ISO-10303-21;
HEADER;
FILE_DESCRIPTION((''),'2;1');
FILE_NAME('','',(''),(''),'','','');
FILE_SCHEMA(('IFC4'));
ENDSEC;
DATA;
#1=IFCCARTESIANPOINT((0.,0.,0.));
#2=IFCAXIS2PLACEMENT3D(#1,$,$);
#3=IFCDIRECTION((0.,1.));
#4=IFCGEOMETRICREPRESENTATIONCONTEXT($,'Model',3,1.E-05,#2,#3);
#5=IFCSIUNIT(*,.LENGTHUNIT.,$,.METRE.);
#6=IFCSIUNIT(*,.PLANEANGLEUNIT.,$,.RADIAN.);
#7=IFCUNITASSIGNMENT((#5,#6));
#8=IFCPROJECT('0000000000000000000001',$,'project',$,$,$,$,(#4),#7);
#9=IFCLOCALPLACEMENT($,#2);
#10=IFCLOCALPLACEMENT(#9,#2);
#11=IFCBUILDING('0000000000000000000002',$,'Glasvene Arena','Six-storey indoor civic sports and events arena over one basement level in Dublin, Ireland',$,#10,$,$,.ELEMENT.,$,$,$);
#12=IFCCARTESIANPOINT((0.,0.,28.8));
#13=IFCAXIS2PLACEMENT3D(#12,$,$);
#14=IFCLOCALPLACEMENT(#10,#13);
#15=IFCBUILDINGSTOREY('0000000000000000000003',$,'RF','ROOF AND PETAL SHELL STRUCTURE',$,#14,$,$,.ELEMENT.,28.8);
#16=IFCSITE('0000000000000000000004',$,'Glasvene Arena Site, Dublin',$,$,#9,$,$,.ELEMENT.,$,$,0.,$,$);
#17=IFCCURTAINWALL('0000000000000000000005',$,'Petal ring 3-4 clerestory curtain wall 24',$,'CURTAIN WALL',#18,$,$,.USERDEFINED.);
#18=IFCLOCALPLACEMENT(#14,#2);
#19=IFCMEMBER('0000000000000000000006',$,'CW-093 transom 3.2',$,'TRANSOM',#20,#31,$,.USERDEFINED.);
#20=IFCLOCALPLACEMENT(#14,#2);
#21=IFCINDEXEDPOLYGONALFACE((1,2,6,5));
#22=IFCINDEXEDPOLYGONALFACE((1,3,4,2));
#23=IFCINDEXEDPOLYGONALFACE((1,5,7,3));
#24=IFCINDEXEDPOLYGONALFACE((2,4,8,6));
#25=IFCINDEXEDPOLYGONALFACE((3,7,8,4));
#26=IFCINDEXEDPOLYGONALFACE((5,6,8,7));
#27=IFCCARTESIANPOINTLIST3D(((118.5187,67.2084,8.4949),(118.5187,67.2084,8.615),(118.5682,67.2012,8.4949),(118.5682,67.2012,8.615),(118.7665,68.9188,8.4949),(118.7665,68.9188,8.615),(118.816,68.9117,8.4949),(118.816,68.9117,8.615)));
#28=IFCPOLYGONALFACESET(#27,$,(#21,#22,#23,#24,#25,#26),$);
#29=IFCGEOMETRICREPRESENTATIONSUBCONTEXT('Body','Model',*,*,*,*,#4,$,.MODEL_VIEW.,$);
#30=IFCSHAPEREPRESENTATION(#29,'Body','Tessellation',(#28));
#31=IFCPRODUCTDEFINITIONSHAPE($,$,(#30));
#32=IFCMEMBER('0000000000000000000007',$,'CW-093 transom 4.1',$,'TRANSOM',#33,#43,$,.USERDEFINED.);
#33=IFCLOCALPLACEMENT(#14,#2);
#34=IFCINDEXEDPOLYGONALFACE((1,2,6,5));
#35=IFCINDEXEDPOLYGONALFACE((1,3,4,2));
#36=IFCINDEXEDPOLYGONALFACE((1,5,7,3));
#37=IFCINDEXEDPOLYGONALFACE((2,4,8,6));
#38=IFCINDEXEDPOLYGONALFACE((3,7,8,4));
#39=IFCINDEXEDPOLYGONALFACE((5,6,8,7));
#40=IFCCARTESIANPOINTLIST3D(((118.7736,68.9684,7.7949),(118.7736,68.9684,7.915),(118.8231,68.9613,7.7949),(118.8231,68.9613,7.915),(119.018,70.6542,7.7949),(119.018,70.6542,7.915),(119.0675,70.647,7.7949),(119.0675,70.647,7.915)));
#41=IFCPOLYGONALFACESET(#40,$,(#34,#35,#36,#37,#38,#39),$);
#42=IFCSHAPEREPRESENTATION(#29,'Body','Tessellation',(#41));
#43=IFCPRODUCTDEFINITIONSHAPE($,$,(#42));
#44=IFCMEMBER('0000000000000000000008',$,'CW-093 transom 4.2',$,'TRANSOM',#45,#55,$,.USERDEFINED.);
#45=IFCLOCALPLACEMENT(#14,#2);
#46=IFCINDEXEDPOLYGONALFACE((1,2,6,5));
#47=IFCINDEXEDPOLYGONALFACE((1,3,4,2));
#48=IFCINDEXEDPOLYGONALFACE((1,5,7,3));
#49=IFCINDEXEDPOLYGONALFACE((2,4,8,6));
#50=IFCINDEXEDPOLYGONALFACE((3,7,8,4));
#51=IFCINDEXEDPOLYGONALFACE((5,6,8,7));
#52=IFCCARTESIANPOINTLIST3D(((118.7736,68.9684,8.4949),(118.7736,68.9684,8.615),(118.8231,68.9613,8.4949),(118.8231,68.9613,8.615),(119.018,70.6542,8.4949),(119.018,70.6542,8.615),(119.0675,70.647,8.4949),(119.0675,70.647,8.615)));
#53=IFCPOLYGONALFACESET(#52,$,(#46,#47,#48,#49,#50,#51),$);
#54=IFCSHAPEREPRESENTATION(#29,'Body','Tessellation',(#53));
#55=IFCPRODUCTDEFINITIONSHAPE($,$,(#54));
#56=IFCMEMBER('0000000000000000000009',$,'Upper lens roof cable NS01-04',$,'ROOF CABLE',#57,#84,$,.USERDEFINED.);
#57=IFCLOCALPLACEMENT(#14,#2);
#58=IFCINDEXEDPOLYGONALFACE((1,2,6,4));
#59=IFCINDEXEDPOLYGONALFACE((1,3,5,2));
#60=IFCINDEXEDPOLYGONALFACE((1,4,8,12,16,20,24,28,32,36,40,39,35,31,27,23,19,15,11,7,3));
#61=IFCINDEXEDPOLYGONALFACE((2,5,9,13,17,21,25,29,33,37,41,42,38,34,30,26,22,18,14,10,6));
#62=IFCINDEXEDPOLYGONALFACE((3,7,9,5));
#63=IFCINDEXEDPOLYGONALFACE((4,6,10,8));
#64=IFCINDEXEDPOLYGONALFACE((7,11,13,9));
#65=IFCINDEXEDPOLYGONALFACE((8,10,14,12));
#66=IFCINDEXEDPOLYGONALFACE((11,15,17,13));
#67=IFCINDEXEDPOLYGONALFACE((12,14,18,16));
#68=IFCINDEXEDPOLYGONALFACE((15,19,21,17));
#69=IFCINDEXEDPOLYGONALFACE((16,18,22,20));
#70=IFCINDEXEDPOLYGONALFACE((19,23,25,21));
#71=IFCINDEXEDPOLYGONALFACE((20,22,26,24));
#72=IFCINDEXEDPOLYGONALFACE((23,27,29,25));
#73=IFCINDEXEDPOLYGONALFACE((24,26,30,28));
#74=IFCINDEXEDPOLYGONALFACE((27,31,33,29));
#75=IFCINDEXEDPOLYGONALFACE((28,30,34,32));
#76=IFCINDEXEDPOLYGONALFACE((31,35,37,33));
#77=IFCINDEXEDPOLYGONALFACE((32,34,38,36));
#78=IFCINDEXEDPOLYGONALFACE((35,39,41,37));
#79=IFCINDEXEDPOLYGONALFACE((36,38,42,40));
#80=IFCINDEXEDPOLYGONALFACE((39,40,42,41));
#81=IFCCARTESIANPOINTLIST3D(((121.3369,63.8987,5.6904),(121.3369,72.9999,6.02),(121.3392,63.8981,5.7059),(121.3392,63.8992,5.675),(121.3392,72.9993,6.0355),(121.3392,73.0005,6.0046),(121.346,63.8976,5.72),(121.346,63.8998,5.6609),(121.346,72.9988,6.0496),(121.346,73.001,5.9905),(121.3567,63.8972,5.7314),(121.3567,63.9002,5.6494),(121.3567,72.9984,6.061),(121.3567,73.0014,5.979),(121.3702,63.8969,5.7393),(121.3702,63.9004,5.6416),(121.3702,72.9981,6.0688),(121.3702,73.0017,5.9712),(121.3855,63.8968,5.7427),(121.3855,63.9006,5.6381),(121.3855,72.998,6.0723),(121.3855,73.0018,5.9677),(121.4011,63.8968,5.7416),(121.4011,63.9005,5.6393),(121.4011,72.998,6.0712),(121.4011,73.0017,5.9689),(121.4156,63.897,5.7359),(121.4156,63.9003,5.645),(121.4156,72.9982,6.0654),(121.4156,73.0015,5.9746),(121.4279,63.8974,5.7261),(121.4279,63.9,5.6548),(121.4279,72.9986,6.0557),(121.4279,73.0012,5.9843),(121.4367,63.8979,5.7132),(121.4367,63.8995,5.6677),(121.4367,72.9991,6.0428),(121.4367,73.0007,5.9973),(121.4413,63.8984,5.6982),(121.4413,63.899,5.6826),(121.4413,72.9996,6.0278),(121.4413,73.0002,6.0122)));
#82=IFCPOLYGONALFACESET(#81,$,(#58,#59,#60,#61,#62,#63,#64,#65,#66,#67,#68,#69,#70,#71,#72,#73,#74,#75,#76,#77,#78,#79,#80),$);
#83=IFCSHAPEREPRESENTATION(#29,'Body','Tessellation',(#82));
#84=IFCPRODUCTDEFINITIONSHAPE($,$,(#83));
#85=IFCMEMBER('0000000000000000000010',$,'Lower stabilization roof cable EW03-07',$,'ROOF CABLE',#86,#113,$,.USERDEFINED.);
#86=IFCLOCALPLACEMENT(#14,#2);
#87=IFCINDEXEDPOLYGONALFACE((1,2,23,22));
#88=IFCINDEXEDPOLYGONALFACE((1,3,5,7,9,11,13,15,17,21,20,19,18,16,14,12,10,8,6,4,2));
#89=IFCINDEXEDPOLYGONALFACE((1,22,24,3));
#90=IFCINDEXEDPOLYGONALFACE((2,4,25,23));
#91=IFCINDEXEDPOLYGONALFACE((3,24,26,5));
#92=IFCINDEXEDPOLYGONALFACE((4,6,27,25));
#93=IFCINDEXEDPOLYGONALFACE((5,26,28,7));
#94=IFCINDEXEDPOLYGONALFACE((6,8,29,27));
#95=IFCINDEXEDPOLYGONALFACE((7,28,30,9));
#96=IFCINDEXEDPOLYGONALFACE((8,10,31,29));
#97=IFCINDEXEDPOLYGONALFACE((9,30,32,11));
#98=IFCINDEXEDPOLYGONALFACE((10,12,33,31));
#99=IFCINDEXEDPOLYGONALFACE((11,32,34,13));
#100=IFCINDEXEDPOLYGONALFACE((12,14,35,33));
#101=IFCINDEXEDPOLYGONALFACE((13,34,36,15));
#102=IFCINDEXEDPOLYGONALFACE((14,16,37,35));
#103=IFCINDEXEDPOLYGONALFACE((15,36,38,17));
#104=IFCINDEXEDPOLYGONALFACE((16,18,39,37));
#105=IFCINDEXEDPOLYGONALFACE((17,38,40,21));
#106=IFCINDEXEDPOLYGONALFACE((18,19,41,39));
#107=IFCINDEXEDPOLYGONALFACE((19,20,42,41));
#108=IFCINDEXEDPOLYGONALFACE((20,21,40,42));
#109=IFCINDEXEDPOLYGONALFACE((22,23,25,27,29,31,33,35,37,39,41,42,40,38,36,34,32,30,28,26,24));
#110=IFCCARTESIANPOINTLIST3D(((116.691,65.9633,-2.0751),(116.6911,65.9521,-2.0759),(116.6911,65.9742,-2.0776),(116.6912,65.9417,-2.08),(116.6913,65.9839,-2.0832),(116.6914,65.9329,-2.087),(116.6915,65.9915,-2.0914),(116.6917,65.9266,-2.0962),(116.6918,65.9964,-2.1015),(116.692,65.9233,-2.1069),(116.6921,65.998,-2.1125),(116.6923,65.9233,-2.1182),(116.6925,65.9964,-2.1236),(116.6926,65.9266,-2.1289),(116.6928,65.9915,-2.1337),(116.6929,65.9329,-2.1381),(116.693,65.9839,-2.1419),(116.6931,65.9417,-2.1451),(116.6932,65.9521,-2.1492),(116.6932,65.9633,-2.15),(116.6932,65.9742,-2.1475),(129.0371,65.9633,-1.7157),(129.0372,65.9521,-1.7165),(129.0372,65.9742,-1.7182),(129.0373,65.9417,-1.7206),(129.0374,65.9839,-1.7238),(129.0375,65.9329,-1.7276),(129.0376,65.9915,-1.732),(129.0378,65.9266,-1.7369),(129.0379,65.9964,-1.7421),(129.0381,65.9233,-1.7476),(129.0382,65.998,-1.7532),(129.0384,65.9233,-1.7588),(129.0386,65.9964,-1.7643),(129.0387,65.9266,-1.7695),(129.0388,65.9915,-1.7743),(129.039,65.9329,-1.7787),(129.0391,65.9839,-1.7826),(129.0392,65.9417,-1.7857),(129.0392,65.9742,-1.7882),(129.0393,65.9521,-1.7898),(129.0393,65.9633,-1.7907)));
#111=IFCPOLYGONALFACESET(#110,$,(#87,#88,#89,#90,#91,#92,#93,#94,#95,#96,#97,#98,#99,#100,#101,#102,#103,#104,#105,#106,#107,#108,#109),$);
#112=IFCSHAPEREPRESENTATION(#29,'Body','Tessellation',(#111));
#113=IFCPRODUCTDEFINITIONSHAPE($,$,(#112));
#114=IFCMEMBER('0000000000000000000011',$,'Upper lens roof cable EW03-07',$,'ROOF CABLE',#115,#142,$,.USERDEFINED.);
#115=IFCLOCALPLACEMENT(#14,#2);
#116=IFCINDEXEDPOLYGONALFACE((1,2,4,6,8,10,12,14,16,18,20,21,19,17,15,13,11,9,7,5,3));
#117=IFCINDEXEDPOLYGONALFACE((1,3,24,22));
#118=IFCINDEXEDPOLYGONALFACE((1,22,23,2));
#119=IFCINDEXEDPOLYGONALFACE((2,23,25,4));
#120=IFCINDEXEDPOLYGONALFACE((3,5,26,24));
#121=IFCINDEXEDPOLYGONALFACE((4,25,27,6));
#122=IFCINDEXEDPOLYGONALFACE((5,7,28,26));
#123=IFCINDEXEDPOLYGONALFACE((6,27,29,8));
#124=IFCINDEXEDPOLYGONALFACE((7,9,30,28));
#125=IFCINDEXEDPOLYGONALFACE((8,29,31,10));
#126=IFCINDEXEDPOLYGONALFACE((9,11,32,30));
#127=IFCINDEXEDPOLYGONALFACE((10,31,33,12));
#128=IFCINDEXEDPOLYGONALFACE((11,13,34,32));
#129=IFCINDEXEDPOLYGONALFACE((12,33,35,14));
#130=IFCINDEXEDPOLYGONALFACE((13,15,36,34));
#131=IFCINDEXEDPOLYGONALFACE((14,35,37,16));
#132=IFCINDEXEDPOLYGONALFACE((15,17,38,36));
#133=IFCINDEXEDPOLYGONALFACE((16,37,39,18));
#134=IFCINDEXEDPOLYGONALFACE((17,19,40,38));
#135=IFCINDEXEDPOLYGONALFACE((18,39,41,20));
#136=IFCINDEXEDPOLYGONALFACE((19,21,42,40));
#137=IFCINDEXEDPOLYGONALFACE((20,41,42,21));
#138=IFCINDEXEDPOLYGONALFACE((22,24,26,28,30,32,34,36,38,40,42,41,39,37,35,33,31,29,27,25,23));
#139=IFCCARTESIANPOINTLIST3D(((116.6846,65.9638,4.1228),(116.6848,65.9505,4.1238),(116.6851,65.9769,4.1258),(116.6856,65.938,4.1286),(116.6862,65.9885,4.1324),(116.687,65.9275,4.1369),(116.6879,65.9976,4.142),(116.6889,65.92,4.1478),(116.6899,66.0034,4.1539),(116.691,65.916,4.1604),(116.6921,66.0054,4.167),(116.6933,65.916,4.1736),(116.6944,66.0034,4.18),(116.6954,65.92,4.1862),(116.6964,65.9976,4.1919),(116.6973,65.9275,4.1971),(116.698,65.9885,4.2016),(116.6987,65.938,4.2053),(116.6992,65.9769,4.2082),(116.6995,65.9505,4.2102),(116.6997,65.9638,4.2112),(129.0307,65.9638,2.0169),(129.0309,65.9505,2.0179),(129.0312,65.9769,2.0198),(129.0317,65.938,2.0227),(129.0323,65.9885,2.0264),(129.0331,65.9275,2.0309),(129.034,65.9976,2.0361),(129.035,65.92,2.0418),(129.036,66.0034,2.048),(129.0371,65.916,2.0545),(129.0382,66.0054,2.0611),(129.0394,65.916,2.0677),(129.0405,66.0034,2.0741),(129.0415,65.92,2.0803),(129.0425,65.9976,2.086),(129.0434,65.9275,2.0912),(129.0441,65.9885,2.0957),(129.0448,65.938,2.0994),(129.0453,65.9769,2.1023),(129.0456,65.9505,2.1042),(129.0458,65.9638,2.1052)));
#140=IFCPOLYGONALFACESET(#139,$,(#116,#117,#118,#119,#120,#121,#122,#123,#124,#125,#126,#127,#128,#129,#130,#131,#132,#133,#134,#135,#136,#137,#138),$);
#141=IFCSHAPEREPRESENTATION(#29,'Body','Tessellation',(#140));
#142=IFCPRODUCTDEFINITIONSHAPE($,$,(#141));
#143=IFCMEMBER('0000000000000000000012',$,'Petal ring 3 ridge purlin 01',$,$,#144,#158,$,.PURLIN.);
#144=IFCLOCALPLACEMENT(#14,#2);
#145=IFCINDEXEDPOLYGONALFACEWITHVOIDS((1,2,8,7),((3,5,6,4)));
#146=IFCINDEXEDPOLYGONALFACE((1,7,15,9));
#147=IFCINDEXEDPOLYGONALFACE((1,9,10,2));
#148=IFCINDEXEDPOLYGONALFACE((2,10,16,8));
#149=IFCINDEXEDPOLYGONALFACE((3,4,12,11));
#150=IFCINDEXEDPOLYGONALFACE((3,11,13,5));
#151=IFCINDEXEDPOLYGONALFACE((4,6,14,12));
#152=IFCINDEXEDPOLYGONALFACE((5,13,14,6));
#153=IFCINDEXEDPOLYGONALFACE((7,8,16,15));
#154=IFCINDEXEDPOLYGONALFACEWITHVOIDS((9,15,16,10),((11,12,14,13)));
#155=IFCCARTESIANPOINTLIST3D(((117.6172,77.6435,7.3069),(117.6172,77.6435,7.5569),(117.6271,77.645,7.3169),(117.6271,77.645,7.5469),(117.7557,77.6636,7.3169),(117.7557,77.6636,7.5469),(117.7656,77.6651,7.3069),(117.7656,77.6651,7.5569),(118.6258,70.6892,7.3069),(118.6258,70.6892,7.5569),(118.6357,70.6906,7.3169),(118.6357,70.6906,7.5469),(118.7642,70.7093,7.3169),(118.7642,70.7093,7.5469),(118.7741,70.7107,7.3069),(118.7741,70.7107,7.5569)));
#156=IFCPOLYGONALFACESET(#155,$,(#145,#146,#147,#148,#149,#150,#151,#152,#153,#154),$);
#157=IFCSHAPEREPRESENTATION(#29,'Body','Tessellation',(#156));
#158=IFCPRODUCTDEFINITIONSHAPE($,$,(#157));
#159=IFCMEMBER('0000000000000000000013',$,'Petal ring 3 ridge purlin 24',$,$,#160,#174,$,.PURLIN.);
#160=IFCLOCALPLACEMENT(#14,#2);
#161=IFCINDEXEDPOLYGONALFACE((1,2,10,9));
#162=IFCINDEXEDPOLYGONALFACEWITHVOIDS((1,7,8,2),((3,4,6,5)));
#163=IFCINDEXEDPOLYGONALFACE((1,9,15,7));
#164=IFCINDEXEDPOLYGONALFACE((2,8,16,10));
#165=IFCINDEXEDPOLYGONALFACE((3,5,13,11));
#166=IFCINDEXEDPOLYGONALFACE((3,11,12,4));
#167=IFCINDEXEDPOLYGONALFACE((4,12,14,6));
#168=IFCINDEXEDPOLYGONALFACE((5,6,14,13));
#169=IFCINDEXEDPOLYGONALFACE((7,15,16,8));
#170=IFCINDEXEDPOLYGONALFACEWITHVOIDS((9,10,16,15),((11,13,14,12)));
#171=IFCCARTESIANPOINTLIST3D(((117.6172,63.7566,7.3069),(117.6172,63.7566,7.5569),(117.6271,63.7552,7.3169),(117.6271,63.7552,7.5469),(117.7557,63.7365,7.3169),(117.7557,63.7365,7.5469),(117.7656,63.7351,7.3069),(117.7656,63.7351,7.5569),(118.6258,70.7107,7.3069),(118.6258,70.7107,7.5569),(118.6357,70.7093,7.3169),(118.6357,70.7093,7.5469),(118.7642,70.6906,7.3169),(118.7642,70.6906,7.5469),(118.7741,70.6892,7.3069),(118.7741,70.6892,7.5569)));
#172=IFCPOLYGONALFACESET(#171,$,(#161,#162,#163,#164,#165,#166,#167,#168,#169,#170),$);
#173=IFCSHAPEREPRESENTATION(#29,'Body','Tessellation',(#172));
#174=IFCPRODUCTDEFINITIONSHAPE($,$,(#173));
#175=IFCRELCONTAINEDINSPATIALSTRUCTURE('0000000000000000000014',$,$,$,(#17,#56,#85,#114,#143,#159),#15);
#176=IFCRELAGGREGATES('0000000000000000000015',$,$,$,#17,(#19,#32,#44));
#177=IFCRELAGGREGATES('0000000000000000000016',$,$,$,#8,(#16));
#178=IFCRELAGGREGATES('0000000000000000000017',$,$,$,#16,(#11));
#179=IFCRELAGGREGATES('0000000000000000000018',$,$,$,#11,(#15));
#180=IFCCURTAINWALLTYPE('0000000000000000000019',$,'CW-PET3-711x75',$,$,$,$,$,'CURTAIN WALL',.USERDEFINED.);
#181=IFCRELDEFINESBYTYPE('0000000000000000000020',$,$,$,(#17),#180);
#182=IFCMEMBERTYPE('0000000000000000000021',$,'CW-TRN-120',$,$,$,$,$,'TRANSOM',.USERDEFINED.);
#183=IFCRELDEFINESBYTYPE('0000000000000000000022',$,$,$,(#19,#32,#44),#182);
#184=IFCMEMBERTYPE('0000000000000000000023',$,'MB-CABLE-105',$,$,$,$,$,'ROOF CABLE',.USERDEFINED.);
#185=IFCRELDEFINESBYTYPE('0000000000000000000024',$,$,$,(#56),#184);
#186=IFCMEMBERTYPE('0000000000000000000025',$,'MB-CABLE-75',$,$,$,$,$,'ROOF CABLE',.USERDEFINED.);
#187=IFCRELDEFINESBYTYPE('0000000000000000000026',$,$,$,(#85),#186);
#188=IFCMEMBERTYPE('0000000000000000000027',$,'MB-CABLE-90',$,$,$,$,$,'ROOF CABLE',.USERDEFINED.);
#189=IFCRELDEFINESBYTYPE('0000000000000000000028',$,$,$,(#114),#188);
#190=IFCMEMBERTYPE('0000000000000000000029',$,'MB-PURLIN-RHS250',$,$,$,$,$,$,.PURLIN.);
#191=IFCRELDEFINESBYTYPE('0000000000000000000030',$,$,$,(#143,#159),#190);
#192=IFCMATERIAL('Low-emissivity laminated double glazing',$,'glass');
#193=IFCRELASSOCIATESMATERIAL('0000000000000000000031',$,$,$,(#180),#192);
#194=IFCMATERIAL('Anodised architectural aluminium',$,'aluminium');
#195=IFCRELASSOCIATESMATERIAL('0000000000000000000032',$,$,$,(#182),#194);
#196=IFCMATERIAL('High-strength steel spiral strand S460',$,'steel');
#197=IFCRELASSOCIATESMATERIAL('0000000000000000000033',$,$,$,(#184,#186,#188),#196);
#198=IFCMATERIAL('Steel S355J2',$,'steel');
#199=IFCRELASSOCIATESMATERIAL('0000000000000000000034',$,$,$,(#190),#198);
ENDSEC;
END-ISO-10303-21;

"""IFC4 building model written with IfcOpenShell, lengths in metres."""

from ifc_helpers import new_model, si_unit, direction, frame, origin, origin_2d, place, context, subcontext, project, spatial, rectangle, hollow_rectangle, circle, extrude, material, material_profile, profile_set, type_object, element, aggregate, save


model = new_model("IFC4")

# Units and contexts
model_context = context("Model", 3, precision=1e-05, world=origin(), true_north=direction((0.0, 1.0)))
body_context = subcontext(model_context, "Body", "Model", "MODEL_VIEW")
ifc_project = project(units=[si_unit("LENGTHUNIT", "METRE"), si_unit("PLANEANGLEUNIT", "RADIAN")], contexts=[model_context])

# Site, building, storey
site_placement = place(None, origin())
site = spatial("IfcSite", under=ifc_project, at=site_placement, Name="Glasvene Arena Site, Dublin", CompositionType="ELEMENT", RefElevation=0.0)
building_placement = place(site_placement, origin())
building = spatial("IfcBuilding", under=site, at=building_placement, Name="Glasvene Arena", Description="Six-storey indoor civic sports and events arena over one basement level in Dublin, Ireland", CompositionType="ELEMENT")
storey_placement = place(building_placement, frame((0.0, 0.0, 28.8)))
storey = spatial("IfcBuildingStorey", under=building, at=storey_placement, Name="RF", Description="ROOF AND PETAL SHELL STRUCTURE", CompositionType="ELEMENT", Elevation=28.8)

# Shared definitions
ifc_material_1 = material(Name="Low-emissivity laminated double glazing", Category="glass")
curtain_wall_type_1 = type_object("IfcCurtainWallType", Name="CW-PET3-711x75", ElementType="CURTAIN WALL", PredefinedType="USERDEFINED", material=ifc_material_1)
ifc_material_2 = material(Name="Anodised architectural aluminium", Category="aluminium")

# Curtain wall
curtain_wall_1_placement = place(storey_placement, frame((118.0295, 63.6602, 0.0)))
curtain_wall_1 = element("IfcCurtainWall", 1, at=curtain_wall_1_placement, inside=storey, type_object=curtain_wall_type_1, Name="Petal ring 3-4 clerestory curtain wall 24", ObjectType="CURTAIN WALL", PredefinedType="USERDEFINED")

# Members
ifc_material_profile_1 = material_profile(ifc_material_2, rectangle(XDim=0.05, YDim=0.1201, at=origin_2d()), Name="ALU TRANSOM 50x120")
ifc_profile_set_1 = profile_set([ifc_material_profile_1], Name="Anodised architectural aluminium")
member_type_1 = type_object("IfcMemberType", Name="CW-TRN-120", ElementType="TRANSOM", PredefinedType="USERDEFINED", material=ifc_profile_set_1)
member_1_placement = place(storey_placement, frame((118.5435, 67.2048, 8.5549), z_axis=(0.143379, 0.989668, 0.0), x_axis=(-0.989668, 0.143379, 0.0)))
member_1 = element("IfcMember", 2, at=member_1_placement, type_object=member_type_1, Name="CW-093 transom 3.2", ObjectType="TRANSOM", PredefinedType="USERDEFINED", context=body_context, shape_type="SweptSolid", body=[
    extrude(rectangle(XDim=0.05, YDim=0.1201, at=origin_2d()), origin(), (0.0, 0.0, 1.0), 1.7283),
])
member_2_placement = place(storey_placement, frame((118.7983, 68.9648, 7.855), z_axis=(0.143468, 0.989655, 0.0), x_axis=(-0.989655, 0.143468, 0.0)))
member_2 = element("IfcMember", 3, at=member_2_placement, type_object=member_type_1, Name="CW-093 transom 4.1", ObjectType="TRANSOM", PredefinedType="USERDEFINED", context=body_context, shape_type="SweptSolid", body=[
    extrude(rectangle(XDim=0.05, YDim=0.1201, at=origin_2d()), origin(), (0.0, 0.0, 1.0), 1.7034),
])
member_3_placement = place(storey_placement, frame((118.7983, 68.9648, 8.5549), z_axis=(0.143468, 0.989655, 0.0), x_axis=(-0.989655, 0.143468, 0.0)))
member_3 = element("IfcMember", 4, at=member_3_placement, type_object=member_type_1, Name="CW-093 transom 4.2", ObjectType="TRANSOM", PredefinedType="USERDEFINED", context=body_context, shape_type="SweptSolid", body=[
    extrude(rectangle(XDim=0.05, YDim=0.1201, at=origin_2d()), origin(), (0.0, 0.0, 1.0), 1.7034),
])

# Members
ifc_material_3 = material(Name="High-strength steel spiral strand S460", Category="steel")
ifc_material_profile_2 = material_profile(ifc_material_3, circle(Radius=0.0525, at=origin_2d()), Name="LCSS D105")
ifc_profile_set_2 = profile_set([ifc_material_profile_2], Name="High-strength steel spiral strand S460")
member_type_2 = type_object("IfcMemberType", Name="MB-CABLE-105", ElementType="ROOF CABLE", PredefinedType="USERDEFINED", material=ifc_profile_set_2)
member_4_placement = place(storey_placement, frame((121.3894, 63.8987, 5.6904), z_axis=(0.0, 0.999345, 0.03619), x_axis=(-1.0, 0.0, 0.0)))
element("IfcMember", 5, at=member_4_placement, inside=storey, type_object=member_type_2, Name="Upper lens roof cable NS01-04", ObjectType="ROOF CABLE", PredefinedType="USERDEFINED", context=body_context, shape_type="SweptSolid", body=[
    extrude(circle(Radius=0.0525, at=origin_2d()), origin(), (0.0, 0.0, 1.0), 9.1072),
])
ifc_material_profile_3 = material_profile(ifc_material_3, circle(Radius=0.0376, at=origin_2d()), Name="LCSS D75")
ifc_profile_set_3 = profile_set([ifc_material_profile_3], Name="High-strength steel spiral strand S460")
member_type_3 = type_object("IfcMemberType", Name="MB-CABLE-75", ElementType="ROOF CABLE", PredefinedType="USERDEFINED", material=ifc_profile_set_3)
member_5_placement = place(storey_placement, frame((116.6921, 65.9604, -2.1125), z_axis=(0.999577, 0.0, 0.029096), x_axis=(0.0, 1.0, 0.0)))
element("IfcMember", 6, at=member_5_placement, inside=storey, type_object=member_type_3, Name="Lower stabilization roof cable EW03-07", ObjectType="ROOF CABLE", PredefinedType="USERDEFINED", context=body_context, shape_type="SweptSolid", body=[
    extrude(circle(Radius=0.0376, at=origin_2d()), origin(), (0.0, 0.0, 1.0), 12.3513),
])
ifc_material_profile_4 = material_profile(ifc_material_3, circle(Radius=0.0449, at=origin_2d()), Name="LCSS D90")
ifc_profile_set_4 = profile_set([ifc_material_profile_4], Name="High-strength steel spiral strand S460")
member_type_4 = type_object("IfcMemberType", Name="MB-CABLE-90", ElementType="ROOF CABLE", PredefinedType="USERDEFINED", material=ifc_profile_set_4)
member_6_placement = place(storey_placement, frame((116.6921, 65.9604, 4.167), z_axis=(0.985762, 0.0, -0.168147), x_axis=(0.0, 1.0, 0.0)))
element("IfcMember", 7, at=member_6_placement, inside=storey, type_object=member_type_4, Name="Upper lens roof cable EW03-07", ObjectType="ROOF CABLE", PredefinedType="USERDEFINED", context=body_context, shape_type="SweptSolid", body=[
    extrude(circle(Radius=0.0449, at=origin_2d()), origin(), (0.0, 0.0, 1.0), 12.5244),
])
ifc_material_4 = material(Name="Steel S355J2", Category="steel")
ifc_material_profile_5 = material_profile(ifc_material_4, hollow_rectangle(XDim=0.1499, YDim=0.25, WallThickness=0.01, at=origin_2d()), Name="RHS 250x150x10.0")
ifc_profile_set_5 = profile_set([ifc_material_profile_5], Name="Steel S355J2")
member_type_5 = type_object("IfcMemberType", Name="MB-PURLIN-RHS250", PredefinedType="PURLIN", material=ifc_profile_set_5)
member_7_placement = place(storey_placement, frame((118.7, 70.7, 7.4319), z_axis=(-0.143522, 0.989647, 0.0), x_axis=(-0.989647, -0.143522, 0.0)))
element("IfcMember", 8, at=member_7_placement, inside=storey, type_object=member_type_5, Name="Petal ring 3 ridge purlin 01", PredefinedType="PURLIN", context=body_context, shape_type="SweptSolid", body=[
    extrude(hollow_rectangle(XDim=0.1499, YDim=0.25, WallThickness=0.01, at=origin_2d()), origin(), (0.0, 0.0, 1.0), 7.0271),
])
member_8_placement = place(storey_placement, frame((117.6914, 63.7458, 7.4319), z_axis=(0.143527, 0.989646, 0.0), x_axis=(-0.989646, 0.143527, 0.0)))
element("IfcMember", 9, at=member_8_placement, inside=storey, type_object=member_type_5, Name="Petal ring 3 ridge purlin 24", PredefinedType="PURLIN", context=body_context, shape_type="SweptSolid", body=[
    extrude(hollow_rectangle(XDim=0.1499, YDim=0.25, WallThickness=0.01, at=origin_2d()), origin(), (0.0, 0.0, 1.0), 7.0269),
])

aggregate(curtain_wall_1, [member_1, member_2, member_3])

save(model, "model.ifc")
